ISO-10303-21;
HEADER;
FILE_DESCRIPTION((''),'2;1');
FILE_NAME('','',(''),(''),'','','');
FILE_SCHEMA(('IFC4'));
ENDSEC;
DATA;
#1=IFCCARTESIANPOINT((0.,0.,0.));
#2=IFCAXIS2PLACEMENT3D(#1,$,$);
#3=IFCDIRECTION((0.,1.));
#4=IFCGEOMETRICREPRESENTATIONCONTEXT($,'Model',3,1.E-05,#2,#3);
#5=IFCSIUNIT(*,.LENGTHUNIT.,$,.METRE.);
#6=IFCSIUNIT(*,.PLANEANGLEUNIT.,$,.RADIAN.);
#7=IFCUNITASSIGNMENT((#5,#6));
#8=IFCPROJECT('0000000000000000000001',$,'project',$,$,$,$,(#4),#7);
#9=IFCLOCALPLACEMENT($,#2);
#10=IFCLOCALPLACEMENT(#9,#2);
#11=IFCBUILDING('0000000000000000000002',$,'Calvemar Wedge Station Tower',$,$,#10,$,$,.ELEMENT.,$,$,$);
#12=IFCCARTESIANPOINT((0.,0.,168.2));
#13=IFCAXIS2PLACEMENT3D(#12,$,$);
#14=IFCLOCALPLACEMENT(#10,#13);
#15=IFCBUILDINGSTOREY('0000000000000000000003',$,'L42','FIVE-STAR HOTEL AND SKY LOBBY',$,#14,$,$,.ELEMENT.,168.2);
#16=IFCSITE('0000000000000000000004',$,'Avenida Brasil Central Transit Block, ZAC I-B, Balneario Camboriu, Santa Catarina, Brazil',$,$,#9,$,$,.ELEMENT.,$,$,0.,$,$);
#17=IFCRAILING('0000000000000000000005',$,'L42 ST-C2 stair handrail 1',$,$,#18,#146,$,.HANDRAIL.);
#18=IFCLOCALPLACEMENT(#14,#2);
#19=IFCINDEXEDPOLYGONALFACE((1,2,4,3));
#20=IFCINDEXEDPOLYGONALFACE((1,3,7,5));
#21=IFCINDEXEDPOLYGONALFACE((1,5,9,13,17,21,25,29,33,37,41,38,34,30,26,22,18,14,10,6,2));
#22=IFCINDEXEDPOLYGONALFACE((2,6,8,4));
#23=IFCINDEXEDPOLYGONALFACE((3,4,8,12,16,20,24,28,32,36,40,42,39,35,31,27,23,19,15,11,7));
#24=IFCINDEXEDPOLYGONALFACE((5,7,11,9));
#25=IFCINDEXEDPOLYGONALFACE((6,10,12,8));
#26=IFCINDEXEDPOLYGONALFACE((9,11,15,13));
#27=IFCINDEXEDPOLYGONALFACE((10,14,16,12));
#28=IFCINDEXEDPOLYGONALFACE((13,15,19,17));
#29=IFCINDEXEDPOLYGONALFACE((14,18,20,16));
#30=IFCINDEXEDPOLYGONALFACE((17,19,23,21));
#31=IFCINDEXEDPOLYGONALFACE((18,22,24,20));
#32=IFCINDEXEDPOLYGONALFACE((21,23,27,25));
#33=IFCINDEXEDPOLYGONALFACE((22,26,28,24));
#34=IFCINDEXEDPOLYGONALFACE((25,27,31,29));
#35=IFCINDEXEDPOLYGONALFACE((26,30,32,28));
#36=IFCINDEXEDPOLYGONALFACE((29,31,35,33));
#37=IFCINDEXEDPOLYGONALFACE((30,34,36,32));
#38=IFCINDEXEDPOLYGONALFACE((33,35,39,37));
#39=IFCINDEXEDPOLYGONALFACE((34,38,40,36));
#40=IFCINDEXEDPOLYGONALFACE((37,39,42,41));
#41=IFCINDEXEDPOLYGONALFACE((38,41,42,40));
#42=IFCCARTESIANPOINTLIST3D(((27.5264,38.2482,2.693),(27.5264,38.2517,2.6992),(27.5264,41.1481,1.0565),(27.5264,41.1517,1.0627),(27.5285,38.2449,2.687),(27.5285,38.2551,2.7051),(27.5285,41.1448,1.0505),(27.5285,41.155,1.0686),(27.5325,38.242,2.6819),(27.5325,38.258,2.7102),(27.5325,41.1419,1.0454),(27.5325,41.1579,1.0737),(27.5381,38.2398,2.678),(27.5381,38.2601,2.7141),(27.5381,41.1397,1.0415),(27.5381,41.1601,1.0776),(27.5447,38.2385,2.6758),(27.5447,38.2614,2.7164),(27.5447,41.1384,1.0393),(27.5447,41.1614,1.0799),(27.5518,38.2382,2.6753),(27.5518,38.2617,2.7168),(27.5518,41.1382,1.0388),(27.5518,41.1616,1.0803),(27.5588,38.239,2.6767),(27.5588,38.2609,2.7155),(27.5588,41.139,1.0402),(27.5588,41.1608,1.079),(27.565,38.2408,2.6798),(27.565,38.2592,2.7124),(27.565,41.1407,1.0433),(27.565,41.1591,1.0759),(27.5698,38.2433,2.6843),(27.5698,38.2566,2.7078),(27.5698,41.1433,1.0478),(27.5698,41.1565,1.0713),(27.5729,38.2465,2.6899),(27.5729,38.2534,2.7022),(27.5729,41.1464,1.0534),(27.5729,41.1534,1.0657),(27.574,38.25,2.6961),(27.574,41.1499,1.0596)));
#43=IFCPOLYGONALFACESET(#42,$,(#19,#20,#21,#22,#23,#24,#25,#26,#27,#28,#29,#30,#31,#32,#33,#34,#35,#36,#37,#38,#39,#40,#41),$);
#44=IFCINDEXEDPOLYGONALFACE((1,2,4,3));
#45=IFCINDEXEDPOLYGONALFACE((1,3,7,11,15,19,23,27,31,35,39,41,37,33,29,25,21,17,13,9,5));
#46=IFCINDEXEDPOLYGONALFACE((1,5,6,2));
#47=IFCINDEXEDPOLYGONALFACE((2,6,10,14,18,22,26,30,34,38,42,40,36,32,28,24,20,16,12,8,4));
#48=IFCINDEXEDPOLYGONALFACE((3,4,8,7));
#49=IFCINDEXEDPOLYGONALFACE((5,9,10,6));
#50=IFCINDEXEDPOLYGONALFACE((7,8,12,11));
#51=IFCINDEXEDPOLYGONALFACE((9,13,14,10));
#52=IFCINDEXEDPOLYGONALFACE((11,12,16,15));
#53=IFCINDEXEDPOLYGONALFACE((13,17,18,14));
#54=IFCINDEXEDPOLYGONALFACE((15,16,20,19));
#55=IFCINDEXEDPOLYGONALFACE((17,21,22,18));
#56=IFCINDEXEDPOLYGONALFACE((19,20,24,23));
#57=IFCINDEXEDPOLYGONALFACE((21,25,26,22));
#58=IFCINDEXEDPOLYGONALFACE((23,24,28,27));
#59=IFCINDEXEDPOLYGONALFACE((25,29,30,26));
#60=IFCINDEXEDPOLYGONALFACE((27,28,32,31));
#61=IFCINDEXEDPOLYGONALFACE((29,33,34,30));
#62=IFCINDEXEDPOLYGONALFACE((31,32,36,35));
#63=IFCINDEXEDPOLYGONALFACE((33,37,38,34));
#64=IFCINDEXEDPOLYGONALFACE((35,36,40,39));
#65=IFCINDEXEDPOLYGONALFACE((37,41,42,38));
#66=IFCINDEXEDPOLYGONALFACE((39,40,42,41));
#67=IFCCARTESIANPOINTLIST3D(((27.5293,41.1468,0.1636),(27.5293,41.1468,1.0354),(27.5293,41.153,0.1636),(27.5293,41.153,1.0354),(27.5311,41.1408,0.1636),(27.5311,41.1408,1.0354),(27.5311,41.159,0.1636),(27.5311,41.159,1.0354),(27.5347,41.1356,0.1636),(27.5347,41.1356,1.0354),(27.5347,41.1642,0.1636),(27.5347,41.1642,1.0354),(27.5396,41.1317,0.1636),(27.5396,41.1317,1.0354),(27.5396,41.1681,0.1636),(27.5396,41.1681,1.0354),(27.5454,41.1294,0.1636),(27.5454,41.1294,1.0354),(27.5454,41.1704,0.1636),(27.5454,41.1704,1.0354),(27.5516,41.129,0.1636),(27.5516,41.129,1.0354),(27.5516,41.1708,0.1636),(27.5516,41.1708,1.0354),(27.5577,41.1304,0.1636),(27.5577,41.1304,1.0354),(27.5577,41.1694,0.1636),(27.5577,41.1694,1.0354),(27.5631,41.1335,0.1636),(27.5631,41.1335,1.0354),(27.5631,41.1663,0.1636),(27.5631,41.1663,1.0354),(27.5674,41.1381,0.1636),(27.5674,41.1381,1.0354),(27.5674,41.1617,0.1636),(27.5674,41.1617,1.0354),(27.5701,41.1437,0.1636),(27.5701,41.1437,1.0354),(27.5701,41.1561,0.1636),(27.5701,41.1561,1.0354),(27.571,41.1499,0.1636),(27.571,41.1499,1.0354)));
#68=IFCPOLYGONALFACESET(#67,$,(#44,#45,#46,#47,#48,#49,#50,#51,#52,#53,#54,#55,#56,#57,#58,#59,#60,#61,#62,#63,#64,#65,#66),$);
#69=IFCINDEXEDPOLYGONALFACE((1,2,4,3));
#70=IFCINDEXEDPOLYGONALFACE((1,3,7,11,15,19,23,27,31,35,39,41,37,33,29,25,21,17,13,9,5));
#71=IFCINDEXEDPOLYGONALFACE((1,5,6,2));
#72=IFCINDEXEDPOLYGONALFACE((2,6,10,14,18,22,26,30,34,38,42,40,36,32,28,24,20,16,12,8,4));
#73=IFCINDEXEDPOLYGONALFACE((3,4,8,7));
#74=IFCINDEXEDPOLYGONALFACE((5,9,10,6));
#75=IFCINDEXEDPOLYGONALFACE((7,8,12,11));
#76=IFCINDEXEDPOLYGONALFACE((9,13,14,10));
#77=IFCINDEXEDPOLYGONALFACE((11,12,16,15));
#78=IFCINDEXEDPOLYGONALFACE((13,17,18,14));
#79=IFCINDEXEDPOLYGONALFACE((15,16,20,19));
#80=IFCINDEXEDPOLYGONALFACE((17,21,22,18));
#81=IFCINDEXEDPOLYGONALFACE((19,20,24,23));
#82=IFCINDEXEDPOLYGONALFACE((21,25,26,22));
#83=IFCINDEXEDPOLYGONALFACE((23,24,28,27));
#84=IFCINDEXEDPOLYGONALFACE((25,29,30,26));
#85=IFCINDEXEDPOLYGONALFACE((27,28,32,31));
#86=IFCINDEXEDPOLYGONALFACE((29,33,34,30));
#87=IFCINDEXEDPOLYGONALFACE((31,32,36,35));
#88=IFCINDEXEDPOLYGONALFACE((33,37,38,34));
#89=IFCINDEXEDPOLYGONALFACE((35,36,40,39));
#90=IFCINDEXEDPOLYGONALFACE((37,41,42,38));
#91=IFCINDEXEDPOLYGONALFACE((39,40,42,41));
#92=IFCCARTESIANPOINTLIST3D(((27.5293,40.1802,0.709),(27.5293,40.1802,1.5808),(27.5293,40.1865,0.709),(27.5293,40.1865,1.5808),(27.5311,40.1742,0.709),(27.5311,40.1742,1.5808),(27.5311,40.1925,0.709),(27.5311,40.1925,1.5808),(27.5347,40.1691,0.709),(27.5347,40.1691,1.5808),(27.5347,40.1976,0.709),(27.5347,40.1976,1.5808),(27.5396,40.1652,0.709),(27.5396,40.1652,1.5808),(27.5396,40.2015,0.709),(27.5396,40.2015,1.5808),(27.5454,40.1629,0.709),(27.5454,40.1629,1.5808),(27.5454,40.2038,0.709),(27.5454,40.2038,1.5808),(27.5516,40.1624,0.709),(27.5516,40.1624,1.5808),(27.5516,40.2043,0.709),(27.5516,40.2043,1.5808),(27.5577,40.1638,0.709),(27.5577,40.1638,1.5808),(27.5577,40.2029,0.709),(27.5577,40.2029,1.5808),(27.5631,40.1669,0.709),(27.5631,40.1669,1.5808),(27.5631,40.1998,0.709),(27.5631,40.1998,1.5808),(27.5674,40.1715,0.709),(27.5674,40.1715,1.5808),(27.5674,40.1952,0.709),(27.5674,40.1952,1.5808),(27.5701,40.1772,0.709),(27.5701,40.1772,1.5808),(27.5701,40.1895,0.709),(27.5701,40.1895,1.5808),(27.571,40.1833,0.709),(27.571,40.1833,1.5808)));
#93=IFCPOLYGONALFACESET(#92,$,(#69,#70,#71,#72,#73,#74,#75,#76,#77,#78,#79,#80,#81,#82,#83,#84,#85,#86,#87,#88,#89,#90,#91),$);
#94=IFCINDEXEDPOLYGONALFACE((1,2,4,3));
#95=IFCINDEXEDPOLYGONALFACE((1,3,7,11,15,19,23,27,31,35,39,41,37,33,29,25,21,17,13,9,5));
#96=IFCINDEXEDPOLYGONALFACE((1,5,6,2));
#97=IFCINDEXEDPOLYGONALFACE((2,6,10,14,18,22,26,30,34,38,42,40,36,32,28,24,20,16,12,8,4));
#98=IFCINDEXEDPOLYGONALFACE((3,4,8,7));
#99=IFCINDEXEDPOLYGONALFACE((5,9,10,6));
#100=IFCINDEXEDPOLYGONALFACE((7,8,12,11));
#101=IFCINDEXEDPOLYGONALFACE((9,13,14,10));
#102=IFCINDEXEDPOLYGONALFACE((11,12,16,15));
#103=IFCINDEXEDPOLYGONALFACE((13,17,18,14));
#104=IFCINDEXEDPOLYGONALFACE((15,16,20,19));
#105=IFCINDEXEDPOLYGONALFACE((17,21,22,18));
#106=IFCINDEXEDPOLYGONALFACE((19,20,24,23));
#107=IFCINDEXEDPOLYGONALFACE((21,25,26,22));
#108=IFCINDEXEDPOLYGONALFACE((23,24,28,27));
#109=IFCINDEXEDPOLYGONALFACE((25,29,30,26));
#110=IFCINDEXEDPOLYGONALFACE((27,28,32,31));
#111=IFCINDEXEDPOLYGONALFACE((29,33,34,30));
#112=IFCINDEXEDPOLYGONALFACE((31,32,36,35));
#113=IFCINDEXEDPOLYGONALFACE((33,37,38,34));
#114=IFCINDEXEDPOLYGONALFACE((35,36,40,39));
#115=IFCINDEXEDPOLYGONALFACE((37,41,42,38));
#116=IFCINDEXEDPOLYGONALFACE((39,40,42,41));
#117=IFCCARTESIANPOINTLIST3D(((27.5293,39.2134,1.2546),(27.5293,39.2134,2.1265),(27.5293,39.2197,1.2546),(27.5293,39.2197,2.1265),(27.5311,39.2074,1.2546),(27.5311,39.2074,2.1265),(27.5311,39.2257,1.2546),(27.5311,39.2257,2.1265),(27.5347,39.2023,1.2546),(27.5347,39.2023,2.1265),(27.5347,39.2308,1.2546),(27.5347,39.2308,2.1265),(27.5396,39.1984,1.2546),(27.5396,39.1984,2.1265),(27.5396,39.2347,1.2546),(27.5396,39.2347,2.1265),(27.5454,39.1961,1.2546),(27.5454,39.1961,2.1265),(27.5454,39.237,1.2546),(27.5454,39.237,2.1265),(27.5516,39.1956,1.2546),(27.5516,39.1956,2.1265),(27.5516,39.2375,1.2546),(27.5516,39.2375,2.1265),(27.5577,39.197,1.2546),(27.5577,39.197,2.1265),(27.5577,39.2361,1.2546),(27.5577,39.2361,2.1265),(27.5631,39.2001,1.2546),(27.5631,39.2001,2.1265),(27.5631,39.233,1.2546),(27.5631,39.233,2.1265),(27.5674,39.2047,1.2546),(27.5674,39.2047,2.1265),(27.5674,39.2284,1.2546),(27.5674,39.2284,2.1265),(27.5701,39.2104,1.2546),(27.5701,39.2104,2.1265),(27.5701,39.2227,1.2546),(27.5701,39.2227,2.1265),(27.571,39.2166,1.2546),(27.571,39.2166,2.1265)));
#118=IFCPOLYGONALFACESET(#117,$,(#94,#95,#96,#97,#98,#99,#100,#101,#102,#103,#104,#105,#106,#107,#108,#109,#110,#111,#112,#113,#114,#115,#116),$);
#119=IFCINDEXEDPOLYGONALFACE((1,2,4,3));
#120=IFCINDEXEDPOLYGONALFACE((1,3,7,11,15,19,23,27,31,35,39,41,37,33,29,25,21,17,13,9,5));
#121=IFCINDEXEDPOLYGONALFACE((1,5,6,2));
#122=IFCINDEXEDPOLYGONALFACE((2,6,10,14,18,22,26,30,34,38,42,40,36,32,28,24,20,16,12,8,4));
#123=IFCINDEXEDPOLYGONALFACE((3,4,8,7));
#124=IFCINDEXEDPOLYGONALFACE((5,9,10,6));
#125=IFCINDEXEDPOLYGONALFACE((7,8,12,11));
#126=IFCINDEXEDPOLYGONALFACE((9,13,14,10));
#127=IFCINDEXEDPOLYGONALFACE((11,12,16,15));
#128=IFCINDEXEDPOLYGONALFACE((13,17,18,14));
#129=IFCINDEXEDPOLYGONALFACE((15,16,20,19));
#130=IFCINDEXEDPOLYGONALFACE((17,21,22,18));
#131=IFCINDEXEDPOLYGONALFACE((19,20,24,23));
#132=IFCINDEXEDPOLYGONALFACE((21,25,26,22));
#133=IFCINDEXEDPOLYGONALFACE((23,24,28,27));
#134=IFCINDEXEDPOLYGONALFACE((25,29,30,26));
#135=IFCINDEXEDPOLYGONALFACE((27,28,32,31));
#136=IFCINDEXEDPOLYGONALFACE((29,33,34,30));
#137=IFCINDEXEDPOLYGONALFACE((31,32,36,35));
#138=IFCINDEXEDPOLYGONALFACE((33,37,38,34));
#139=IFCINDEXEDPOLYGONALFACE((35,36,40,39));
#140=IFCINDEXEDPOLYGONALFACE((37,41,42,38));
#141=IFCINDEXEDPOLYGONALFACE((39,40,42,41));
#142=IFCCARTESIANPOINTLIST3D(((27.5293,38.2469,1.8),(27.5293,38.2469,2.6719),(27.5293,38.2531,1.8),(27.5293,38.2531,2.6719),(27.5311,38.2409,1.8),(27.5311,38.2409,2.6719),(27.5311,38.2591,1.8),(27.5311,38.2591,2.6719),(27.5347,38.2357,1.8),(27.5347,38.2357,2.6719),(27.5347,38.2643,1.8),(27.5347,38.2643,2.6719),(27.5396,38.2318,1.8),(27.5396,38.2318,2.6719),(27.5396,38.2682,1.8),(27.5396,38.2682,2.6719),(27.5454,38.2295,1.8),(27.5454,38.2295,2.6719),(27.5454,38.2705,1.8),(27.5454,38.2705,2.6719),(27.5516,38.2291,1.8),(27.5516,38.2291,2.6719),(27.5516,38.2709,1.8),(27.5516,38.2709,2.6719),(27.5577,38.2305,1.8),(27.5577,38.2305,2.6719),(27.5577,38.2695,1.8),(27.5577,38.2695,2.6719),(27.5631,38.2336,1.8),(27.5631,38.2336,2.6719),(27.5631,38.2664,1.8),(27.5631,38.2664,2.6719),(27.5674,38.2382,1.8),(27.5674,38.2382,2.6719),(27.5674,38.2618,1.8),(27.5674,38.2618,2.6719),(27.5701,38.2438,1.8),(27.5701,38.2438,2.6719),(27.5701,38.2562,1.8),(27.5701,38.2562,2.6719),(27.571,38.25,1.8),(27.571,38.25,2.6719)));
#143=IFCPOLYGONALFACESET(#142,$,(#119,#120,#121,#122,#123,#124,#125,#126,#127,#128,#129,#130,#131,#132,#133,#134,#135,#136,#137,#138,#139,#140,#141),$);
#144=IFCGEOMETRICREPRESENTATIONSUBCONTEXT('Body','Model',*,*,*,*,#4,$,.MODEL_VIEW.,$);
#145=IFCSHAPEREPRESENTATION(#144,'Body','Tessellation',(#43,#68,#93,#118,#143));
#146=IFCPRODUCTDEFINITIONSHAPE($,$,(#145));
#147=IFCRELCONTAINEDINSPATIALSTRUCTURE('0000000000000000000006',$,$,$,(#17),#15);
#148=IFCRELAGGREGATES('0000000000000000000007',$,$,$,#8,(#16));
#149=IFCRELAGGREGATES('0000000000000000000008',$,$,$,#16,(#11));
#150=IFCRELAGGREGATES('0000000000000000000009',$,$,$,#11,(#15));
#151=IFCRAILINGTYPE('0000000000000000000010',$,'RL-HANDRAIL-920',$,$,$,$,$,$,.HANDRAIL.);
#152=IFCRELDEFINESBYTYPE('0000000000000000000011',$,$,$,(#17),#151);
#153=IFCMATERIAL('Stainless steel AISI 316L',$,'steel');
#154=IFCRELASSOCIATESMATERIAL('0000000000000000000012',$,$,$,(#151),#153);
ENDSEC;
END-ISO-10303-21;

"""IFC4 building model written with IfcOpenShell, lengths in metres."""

from ifc_helpers import new_model, si_unit, direction, frame, origin, origin_2d, place, context, subcontext, project, spatial, circle, extrude, material, type_object, element, save


model = new_model("IFC4")

# Units and contexts
model_context = context("Model", 3, precision=1e-05, world=origin(), true_north=direction((0.0, 1.0)))
body_context = subcontext(model_context, "Body", "Model", "MODEL_VIEW")
ifc_project = project(units=[si_unit("LENGTHUNIT", "METRE"), si_unit("PLANEANGLEUNIT", "RADIAN")], contexts=[model_context])

# Site, building, storey
site_placement = place(None, origin())
site = spatial("IfcSite", under=ifc_project, at=site_placement, Name="Avenida Brasil Central Transit Block, ZAC I-B, Balneario Camboriu, Santa Catarina, Brazil", CompositionType="ELEMENT", RefElevation=0.0)
building_placement = place(site_placement, origin())
building = spatial("IfcBuilding", under=site, at=building_placement, Name="Calvemar Wedge Station Tower", CompositionType="ELEMENT")
storey_placement = place(building_placement, frame((0.0, 0.0, 168.2)))
storey = spatial("IfcBuildingStorey", under=building, at=storey_placement, Name="L42", Description="FIVE-STAR HOTEL AND SKY LOBBY", CompositionType="ELEMENT", Elevation=168.2)

# Railing
ifc_material_1 = material(Name="Stainless steel AISI 316L", Category="steel")
railing_type_1 = type_object("IfcRailingType", Name="RL-HANDRAIL-920", PredefinedType="HANDRAIL", material=ifc_material_1)
railing_1_placement = place(storey_placement, frame((27.55, 41.1499, 0.1636)))
element("IfcRailing", 1, at=railing_1_placement, inside=storey, type_object=railing_type_1, Name="L42 ST-C2 stair handrail 1", PredefinedType="HANDRAIL", context=body_context, shape_type="SweptSolid", body=[
    extrude(circle(Radius=0.0239, at=origin_2d()), frame((0.0, 0.0, 0.896), z_axis=(0.0, -0.870897, 0.491465), x_axis=(1.0, 0.0, 0.0)), (0.0, 0.0, 1.0), 3.3298),
    extrude(circle(Radius=0.021, at=origin_2d()), origin(), (0.0, 0.0, 1.0), 0.8718),
    extrude(circle(Radius=0.021, at=origin_2d()), frame((0.0, -0.9666, 0.5454)), (0.0, 0.0, 1.0), 0.8718),
    extrude(circle(Radius=0.021, at=origin_2d()), frame((0.0, -1.9333, 1.0911)), (0.0, 0.0, 1.0), 0.8718),
    extrude(circle(Radius=0.021, at=origin_2d()), frame((0.0, -2.8999, 1.6365)), (0.0, 0.0, 1.0), 0.8718),
])

save(model, "model.ifc")
